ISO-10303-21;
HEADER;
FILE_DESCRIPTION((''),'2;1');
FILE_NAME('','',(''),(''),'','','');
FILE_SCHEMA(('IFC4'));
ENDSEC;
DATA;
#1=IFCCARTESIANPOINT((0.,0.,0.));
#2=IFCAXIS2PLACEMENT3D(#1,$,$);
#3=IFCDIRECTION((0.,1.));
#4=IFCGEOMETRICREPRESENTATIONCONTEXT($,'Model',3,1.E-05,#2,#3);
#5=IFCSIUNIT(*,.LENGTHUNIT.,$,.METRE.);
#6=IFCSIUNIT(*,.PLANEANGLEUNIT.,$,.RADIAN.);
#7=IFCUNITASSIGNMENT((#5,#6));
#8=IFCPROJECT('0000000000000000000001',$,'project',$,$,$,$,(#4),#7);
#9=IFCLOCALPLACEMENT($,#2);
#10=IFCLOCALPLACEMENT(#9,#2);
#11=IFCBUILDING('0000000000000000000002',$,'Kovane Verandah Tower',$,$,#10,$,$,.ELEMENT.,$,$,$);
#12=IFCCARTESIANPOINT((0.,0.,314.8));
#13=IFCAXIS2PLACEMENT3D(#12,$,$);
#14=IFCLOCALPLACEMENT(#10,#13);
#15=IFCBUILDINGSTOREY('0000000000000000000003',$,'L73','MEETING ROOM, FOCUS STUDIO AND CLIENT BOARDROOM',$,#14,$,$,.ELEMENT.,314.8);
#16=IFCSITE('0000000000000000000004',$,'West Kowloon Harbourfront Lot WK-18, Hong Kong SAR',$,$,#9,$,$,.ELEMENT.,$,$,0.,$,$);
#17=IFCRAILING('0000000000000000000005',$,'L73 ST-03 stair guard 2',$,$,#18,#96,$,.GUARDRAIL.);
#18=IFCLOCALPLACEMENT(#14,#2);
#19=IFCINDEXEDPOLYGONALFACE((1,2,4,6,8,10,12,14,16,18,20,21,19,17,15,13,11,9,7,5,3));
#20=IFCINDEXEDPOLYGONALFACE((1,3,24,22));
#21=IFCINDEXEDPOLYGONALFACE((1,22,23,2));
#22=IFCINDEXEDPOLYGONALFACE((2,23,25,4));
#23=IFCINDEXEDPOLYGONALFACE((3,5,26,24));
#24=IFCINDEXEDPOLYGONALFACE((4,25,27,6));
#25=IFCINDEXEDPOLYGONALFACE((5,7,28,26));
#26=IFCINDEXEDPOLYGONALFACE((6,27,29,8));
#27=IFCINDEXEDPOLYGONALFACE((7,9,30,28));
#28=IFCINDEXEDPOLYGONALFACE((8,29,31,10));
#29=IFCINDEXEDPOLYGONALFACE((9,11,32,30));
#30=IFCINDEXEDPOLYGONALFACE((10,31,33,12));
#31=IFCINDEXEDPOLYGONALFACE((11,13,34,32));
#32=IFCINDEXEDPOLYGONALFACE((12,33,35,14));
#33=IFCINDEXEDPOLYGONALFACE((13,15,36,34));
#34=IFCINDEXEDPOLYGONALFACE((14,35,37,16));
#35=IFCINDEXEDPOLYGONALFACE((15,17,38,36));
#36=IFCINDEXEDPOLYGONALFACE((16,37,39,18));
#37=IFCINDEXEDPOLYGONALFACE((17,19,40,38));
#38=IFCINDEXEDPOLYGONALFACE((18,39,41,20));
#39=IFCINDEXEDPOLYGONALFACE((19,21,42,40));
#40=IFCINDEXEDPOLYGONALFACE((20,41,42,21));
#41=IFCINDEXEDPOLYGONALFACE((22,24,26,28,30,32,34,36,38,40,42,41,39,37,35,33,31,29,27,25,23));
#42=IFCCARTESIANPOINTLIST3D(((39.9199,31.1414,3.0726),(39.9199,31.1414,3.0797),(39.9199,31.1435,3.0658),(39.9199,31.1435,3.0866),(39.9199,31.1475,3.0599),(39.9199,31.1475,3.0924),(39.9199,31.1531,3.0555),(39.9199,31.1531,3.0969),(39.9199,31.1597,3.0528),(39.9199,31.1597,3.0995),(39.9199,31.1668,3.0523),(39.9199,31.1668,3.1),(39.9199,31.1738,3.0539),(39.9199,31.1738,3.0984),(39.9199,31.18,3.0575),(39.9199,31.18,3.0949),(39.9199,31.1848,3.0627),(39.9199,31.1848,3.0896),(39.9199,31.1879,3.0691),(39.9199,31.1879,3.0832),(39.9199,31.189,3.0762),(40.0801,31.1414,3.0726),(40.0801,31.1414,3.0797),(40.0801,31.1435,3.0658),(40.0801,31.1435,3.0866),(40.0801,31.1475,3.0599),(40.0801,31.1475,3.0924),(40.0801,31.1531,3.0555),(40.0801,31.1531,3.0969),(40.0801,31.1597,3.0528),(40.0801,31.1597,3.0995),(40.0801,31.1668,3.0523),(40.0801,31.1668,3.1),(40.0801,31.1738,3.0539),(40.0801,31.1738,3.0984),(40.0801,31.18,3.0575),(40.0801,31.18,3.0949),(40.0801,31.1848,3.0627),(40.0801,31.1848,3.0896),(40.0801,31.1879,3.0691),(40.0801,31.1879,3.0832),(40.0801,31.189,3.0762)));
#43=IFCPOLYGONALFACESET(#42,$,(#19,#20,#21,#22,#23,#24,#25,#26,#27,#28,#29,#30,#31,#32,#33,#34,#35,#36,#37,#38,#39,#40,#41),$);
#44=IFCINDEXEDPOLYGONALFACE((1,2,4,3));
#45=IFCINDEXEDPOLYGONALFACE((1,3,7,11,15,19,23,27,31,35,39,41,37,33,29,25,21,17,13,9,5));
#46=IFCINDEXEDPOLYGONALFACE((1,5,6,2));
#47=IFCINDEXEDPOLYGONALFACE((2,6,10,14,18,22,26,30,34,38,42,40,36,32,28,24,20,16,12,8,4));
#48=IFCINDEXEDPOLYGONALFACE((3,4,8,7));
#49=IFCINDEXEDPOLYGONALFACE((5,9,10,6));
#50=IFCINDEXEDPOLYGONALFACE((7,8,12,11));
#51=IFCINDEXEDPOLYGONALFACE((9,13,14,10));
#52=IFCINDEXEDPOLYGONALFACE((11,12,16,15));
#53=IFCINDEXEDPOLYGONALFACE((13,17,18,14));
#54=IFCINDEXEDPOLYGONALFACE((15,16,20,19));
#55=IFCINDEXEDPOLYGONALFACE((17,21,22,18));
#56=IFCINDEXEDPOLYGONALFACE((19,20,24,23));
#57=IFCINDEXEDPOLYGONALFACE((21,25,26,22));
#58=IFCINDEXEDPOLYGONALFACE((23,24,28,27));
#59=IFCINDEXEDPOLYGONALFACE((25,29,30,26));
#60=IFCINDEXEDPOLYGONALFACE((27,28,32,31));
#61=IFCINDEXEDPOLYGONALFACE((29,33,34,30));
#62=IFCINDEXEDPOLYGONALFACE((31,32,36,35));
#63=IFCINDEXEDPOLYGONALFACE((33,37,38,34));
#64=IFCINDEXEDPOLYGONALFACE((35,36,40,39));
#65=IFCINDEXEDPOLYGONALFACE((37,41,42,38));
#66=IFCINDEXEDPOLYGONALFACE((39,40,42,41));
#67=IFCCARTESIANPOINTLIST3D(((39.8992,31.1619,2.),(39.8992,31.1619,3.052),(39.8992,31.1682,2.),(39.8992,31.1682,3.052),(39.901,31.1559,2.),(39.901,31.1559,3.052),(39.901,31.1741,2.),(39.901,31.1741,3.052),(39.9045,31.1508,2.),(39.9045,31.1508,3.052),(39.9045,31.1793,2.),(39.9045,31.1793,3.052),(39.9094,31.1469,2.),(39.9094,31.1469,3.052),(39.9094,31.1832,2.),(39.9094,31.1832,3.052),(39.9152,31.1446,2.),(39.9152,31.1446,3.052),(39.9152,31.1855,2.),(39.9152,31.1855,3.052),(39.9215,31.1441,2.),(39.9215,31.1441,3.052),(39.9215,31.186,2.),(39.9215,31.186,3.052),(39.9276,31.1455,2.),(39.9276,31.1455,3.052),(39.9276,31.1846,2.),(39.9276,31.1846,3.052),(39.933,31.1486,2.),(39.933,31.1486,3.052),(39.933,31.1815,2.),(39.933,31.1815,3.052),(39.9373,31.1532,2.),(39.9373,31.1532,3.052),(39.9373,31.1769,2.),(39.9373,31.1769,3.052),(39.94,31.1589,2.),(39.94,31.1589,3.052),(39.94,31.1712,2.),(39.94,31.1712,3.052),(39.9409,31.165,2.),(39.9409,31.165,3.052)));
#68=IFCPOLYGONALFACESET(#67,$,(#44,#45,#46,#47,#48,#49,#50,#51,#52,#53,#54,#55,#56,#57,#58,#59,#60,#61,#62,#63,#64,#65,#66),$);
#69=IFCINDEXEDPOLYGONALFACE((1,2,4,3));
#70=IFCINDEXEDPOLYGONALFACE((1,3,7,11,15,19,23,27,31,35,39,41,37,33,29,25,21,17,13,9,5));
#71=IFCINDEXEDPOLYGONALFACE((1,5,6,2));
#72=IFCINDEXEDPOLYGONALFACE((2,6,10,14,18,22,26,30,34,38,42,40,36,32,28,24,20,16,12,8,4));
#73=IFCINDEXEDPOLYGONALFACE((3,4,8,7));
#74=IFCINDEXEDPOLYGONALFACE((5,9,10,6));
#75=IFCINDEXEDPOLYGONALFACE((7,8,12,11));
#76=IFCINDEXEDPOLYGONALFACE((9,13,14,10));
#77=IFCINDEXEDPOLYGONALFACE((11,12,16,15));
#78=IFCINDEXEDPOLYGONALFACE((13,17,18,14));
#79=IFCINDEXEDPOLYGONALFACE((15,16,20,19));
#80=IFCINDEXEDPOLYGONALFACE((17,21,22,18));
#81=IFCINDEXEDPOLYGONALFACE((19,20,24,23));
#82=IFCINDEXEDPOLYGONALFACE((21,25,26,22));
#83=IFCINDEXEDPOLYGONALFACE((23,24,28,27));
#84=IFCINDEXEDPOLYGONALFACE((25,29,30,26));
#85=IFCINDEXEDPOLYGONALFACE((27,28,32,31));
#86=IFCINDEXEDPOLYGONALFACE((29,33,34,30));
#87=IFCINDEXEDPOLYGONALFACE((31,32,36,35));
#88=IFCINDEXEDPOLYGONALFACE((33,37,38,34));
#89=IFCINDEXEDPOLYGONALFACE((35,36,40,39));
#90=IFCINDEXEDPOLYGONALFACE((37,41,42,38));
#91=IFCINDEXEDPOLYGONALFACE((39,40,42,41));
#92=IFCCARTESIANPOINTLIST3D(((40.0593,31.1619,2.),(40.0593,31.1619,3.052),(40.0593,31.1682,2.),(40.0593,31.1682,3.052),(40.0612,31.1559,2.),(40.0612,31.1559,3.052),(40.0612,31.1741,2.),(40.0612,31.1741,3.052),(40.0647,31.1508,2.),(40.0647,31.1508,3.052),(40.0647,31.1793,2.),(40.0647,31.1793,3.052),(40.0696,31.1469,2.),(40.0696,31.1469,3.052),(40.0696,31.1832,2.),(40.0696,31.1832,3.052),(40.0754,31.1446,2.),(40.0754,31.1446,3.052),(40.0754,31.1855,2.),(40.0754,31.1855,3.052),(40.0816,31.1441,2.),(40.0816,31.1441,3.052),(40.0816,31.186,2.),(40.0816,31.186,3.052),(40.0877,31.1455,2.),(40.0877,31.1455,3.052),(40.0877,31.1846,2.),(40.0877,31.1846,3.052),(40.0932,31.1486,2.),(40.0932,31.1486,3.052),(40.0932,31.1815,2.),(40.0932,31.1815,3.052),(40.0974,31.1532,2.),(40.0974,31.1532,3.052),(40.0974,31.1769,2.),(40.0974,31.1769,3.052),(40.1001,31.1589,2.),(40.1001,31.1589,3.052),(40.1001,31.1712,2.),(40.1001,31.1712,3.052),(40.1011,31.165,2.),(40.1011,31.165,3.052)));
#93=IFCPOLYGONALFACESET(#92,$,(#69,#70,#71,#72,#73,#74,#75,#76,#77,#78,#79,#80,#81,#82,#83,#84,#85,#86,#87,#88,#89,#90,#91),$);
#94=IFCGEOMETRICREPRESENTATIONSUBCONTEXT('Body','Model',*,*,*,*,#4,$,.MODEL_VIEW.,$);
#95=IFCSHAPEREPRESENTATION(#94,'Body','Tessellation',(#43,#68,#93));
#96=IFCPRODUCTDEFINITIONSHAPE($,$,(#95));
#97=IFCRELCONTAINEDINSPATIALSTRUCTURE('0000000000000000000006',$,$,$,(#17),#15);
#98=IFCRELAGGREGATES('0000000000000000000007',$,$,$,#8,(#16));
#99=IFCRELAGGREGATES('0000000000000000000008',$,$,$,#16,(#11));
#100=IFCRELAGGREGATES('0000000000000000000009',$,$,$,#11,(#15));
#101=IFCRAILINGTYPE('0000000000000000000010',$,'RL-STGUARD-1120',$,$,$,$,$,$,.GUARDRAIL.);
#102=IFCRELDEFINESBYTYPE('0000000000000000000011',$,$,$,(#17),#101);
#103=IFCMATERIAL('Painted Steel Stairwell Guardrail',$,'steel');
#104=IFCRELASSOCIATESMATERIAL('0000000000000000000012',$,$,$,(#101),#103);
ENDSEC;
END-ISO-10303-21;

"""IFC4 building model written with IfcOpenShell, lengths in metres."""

from ifc_helpers import new_model, si_unit, direction, frame, origin, origin_2d, place, context, subcontext, project, spatial, circle, extrude, material, type_object, element, save


model = new_model("IFC4")

# Units and contexts
model_context = context("Model", 3, precision=1e-05, world=origin(), true_north=direction((0.0, 1.0)))
body_context = subcontext(model_context, "Body", "Model", "MODEL_VIEW")
ifc_project = project(units=[si_unit("LENGTHUNIT", "METRE"), si_unit("PLANEANGLEUNIT", "RADIAN")], contexts=[model_context])

# Site, building, storey
site_placement = place(None, origin())
site = spatial("IfcSite", under=ifc_project, at=site_placement, Name="West Kowloon Harbourfront Lot WK-18, Hong Kong SAR", CompositionType="ELEMENT", RefElevation=0.0)
building_placement = place(site_placement, origin())
building = spatial("IfcBuilding", under=site, at=building_placement, Name="Kovane Verandah Tower", CompositionType="ELEMENT")
storey_placement = place(building_placement, frame((0.0, 0.0, 314.8)))
storey = spatial("IfcBuildingStorey", under=building, at=storey_placement, Name="L73", Description="MEETING ROOM, FOCUS STUDIO AND CLIENT BOARDROOM", CompositionType="ELEMENT", Elevation=314.8)

# Railing
ifc_material_1 = material(Name="Painted Steel Stairwell Guardrail", Category="steel")
railing_type_1 = type_object("IfcRailingType", Name="RL-STGUARD-1120", PredefinedType="GUARDRAIL", material=ifc_material_1)
railing_1_placement = place(storey_placement, frame((39.9199, 31.165, 2.0)))
element("IfcRailing", 1, at=railing_1_placement, inside=storey, type_object=railing_type_1, Name="L73 ST-03 stair guard 2", PredefinedType="GUARDRAIL", context=body_context, shape_type="SweptSolid", body=[
    extrude(circle(Radius=0.0239, at=origin_2d()), frame((0.0, 0.0, 1.0762), z_axis=(1.0, 0.0, 0.0), x_axis=(0.0, 1.0, 0.0)), (0.0, 0.0, 1.0), 0.1602),
    extrude(circle(Radius=0.021, at=origin_2d()), origin(), (0.0, 0.0, 1.0), 1.052),
    extrude(circle(Radius=0.021, at=origin_2d()), frame((0.1602, 0.0, 0.0)), (0.0, 0.0, 1.0), 1.052),
])

save(model, "model.ifc")
